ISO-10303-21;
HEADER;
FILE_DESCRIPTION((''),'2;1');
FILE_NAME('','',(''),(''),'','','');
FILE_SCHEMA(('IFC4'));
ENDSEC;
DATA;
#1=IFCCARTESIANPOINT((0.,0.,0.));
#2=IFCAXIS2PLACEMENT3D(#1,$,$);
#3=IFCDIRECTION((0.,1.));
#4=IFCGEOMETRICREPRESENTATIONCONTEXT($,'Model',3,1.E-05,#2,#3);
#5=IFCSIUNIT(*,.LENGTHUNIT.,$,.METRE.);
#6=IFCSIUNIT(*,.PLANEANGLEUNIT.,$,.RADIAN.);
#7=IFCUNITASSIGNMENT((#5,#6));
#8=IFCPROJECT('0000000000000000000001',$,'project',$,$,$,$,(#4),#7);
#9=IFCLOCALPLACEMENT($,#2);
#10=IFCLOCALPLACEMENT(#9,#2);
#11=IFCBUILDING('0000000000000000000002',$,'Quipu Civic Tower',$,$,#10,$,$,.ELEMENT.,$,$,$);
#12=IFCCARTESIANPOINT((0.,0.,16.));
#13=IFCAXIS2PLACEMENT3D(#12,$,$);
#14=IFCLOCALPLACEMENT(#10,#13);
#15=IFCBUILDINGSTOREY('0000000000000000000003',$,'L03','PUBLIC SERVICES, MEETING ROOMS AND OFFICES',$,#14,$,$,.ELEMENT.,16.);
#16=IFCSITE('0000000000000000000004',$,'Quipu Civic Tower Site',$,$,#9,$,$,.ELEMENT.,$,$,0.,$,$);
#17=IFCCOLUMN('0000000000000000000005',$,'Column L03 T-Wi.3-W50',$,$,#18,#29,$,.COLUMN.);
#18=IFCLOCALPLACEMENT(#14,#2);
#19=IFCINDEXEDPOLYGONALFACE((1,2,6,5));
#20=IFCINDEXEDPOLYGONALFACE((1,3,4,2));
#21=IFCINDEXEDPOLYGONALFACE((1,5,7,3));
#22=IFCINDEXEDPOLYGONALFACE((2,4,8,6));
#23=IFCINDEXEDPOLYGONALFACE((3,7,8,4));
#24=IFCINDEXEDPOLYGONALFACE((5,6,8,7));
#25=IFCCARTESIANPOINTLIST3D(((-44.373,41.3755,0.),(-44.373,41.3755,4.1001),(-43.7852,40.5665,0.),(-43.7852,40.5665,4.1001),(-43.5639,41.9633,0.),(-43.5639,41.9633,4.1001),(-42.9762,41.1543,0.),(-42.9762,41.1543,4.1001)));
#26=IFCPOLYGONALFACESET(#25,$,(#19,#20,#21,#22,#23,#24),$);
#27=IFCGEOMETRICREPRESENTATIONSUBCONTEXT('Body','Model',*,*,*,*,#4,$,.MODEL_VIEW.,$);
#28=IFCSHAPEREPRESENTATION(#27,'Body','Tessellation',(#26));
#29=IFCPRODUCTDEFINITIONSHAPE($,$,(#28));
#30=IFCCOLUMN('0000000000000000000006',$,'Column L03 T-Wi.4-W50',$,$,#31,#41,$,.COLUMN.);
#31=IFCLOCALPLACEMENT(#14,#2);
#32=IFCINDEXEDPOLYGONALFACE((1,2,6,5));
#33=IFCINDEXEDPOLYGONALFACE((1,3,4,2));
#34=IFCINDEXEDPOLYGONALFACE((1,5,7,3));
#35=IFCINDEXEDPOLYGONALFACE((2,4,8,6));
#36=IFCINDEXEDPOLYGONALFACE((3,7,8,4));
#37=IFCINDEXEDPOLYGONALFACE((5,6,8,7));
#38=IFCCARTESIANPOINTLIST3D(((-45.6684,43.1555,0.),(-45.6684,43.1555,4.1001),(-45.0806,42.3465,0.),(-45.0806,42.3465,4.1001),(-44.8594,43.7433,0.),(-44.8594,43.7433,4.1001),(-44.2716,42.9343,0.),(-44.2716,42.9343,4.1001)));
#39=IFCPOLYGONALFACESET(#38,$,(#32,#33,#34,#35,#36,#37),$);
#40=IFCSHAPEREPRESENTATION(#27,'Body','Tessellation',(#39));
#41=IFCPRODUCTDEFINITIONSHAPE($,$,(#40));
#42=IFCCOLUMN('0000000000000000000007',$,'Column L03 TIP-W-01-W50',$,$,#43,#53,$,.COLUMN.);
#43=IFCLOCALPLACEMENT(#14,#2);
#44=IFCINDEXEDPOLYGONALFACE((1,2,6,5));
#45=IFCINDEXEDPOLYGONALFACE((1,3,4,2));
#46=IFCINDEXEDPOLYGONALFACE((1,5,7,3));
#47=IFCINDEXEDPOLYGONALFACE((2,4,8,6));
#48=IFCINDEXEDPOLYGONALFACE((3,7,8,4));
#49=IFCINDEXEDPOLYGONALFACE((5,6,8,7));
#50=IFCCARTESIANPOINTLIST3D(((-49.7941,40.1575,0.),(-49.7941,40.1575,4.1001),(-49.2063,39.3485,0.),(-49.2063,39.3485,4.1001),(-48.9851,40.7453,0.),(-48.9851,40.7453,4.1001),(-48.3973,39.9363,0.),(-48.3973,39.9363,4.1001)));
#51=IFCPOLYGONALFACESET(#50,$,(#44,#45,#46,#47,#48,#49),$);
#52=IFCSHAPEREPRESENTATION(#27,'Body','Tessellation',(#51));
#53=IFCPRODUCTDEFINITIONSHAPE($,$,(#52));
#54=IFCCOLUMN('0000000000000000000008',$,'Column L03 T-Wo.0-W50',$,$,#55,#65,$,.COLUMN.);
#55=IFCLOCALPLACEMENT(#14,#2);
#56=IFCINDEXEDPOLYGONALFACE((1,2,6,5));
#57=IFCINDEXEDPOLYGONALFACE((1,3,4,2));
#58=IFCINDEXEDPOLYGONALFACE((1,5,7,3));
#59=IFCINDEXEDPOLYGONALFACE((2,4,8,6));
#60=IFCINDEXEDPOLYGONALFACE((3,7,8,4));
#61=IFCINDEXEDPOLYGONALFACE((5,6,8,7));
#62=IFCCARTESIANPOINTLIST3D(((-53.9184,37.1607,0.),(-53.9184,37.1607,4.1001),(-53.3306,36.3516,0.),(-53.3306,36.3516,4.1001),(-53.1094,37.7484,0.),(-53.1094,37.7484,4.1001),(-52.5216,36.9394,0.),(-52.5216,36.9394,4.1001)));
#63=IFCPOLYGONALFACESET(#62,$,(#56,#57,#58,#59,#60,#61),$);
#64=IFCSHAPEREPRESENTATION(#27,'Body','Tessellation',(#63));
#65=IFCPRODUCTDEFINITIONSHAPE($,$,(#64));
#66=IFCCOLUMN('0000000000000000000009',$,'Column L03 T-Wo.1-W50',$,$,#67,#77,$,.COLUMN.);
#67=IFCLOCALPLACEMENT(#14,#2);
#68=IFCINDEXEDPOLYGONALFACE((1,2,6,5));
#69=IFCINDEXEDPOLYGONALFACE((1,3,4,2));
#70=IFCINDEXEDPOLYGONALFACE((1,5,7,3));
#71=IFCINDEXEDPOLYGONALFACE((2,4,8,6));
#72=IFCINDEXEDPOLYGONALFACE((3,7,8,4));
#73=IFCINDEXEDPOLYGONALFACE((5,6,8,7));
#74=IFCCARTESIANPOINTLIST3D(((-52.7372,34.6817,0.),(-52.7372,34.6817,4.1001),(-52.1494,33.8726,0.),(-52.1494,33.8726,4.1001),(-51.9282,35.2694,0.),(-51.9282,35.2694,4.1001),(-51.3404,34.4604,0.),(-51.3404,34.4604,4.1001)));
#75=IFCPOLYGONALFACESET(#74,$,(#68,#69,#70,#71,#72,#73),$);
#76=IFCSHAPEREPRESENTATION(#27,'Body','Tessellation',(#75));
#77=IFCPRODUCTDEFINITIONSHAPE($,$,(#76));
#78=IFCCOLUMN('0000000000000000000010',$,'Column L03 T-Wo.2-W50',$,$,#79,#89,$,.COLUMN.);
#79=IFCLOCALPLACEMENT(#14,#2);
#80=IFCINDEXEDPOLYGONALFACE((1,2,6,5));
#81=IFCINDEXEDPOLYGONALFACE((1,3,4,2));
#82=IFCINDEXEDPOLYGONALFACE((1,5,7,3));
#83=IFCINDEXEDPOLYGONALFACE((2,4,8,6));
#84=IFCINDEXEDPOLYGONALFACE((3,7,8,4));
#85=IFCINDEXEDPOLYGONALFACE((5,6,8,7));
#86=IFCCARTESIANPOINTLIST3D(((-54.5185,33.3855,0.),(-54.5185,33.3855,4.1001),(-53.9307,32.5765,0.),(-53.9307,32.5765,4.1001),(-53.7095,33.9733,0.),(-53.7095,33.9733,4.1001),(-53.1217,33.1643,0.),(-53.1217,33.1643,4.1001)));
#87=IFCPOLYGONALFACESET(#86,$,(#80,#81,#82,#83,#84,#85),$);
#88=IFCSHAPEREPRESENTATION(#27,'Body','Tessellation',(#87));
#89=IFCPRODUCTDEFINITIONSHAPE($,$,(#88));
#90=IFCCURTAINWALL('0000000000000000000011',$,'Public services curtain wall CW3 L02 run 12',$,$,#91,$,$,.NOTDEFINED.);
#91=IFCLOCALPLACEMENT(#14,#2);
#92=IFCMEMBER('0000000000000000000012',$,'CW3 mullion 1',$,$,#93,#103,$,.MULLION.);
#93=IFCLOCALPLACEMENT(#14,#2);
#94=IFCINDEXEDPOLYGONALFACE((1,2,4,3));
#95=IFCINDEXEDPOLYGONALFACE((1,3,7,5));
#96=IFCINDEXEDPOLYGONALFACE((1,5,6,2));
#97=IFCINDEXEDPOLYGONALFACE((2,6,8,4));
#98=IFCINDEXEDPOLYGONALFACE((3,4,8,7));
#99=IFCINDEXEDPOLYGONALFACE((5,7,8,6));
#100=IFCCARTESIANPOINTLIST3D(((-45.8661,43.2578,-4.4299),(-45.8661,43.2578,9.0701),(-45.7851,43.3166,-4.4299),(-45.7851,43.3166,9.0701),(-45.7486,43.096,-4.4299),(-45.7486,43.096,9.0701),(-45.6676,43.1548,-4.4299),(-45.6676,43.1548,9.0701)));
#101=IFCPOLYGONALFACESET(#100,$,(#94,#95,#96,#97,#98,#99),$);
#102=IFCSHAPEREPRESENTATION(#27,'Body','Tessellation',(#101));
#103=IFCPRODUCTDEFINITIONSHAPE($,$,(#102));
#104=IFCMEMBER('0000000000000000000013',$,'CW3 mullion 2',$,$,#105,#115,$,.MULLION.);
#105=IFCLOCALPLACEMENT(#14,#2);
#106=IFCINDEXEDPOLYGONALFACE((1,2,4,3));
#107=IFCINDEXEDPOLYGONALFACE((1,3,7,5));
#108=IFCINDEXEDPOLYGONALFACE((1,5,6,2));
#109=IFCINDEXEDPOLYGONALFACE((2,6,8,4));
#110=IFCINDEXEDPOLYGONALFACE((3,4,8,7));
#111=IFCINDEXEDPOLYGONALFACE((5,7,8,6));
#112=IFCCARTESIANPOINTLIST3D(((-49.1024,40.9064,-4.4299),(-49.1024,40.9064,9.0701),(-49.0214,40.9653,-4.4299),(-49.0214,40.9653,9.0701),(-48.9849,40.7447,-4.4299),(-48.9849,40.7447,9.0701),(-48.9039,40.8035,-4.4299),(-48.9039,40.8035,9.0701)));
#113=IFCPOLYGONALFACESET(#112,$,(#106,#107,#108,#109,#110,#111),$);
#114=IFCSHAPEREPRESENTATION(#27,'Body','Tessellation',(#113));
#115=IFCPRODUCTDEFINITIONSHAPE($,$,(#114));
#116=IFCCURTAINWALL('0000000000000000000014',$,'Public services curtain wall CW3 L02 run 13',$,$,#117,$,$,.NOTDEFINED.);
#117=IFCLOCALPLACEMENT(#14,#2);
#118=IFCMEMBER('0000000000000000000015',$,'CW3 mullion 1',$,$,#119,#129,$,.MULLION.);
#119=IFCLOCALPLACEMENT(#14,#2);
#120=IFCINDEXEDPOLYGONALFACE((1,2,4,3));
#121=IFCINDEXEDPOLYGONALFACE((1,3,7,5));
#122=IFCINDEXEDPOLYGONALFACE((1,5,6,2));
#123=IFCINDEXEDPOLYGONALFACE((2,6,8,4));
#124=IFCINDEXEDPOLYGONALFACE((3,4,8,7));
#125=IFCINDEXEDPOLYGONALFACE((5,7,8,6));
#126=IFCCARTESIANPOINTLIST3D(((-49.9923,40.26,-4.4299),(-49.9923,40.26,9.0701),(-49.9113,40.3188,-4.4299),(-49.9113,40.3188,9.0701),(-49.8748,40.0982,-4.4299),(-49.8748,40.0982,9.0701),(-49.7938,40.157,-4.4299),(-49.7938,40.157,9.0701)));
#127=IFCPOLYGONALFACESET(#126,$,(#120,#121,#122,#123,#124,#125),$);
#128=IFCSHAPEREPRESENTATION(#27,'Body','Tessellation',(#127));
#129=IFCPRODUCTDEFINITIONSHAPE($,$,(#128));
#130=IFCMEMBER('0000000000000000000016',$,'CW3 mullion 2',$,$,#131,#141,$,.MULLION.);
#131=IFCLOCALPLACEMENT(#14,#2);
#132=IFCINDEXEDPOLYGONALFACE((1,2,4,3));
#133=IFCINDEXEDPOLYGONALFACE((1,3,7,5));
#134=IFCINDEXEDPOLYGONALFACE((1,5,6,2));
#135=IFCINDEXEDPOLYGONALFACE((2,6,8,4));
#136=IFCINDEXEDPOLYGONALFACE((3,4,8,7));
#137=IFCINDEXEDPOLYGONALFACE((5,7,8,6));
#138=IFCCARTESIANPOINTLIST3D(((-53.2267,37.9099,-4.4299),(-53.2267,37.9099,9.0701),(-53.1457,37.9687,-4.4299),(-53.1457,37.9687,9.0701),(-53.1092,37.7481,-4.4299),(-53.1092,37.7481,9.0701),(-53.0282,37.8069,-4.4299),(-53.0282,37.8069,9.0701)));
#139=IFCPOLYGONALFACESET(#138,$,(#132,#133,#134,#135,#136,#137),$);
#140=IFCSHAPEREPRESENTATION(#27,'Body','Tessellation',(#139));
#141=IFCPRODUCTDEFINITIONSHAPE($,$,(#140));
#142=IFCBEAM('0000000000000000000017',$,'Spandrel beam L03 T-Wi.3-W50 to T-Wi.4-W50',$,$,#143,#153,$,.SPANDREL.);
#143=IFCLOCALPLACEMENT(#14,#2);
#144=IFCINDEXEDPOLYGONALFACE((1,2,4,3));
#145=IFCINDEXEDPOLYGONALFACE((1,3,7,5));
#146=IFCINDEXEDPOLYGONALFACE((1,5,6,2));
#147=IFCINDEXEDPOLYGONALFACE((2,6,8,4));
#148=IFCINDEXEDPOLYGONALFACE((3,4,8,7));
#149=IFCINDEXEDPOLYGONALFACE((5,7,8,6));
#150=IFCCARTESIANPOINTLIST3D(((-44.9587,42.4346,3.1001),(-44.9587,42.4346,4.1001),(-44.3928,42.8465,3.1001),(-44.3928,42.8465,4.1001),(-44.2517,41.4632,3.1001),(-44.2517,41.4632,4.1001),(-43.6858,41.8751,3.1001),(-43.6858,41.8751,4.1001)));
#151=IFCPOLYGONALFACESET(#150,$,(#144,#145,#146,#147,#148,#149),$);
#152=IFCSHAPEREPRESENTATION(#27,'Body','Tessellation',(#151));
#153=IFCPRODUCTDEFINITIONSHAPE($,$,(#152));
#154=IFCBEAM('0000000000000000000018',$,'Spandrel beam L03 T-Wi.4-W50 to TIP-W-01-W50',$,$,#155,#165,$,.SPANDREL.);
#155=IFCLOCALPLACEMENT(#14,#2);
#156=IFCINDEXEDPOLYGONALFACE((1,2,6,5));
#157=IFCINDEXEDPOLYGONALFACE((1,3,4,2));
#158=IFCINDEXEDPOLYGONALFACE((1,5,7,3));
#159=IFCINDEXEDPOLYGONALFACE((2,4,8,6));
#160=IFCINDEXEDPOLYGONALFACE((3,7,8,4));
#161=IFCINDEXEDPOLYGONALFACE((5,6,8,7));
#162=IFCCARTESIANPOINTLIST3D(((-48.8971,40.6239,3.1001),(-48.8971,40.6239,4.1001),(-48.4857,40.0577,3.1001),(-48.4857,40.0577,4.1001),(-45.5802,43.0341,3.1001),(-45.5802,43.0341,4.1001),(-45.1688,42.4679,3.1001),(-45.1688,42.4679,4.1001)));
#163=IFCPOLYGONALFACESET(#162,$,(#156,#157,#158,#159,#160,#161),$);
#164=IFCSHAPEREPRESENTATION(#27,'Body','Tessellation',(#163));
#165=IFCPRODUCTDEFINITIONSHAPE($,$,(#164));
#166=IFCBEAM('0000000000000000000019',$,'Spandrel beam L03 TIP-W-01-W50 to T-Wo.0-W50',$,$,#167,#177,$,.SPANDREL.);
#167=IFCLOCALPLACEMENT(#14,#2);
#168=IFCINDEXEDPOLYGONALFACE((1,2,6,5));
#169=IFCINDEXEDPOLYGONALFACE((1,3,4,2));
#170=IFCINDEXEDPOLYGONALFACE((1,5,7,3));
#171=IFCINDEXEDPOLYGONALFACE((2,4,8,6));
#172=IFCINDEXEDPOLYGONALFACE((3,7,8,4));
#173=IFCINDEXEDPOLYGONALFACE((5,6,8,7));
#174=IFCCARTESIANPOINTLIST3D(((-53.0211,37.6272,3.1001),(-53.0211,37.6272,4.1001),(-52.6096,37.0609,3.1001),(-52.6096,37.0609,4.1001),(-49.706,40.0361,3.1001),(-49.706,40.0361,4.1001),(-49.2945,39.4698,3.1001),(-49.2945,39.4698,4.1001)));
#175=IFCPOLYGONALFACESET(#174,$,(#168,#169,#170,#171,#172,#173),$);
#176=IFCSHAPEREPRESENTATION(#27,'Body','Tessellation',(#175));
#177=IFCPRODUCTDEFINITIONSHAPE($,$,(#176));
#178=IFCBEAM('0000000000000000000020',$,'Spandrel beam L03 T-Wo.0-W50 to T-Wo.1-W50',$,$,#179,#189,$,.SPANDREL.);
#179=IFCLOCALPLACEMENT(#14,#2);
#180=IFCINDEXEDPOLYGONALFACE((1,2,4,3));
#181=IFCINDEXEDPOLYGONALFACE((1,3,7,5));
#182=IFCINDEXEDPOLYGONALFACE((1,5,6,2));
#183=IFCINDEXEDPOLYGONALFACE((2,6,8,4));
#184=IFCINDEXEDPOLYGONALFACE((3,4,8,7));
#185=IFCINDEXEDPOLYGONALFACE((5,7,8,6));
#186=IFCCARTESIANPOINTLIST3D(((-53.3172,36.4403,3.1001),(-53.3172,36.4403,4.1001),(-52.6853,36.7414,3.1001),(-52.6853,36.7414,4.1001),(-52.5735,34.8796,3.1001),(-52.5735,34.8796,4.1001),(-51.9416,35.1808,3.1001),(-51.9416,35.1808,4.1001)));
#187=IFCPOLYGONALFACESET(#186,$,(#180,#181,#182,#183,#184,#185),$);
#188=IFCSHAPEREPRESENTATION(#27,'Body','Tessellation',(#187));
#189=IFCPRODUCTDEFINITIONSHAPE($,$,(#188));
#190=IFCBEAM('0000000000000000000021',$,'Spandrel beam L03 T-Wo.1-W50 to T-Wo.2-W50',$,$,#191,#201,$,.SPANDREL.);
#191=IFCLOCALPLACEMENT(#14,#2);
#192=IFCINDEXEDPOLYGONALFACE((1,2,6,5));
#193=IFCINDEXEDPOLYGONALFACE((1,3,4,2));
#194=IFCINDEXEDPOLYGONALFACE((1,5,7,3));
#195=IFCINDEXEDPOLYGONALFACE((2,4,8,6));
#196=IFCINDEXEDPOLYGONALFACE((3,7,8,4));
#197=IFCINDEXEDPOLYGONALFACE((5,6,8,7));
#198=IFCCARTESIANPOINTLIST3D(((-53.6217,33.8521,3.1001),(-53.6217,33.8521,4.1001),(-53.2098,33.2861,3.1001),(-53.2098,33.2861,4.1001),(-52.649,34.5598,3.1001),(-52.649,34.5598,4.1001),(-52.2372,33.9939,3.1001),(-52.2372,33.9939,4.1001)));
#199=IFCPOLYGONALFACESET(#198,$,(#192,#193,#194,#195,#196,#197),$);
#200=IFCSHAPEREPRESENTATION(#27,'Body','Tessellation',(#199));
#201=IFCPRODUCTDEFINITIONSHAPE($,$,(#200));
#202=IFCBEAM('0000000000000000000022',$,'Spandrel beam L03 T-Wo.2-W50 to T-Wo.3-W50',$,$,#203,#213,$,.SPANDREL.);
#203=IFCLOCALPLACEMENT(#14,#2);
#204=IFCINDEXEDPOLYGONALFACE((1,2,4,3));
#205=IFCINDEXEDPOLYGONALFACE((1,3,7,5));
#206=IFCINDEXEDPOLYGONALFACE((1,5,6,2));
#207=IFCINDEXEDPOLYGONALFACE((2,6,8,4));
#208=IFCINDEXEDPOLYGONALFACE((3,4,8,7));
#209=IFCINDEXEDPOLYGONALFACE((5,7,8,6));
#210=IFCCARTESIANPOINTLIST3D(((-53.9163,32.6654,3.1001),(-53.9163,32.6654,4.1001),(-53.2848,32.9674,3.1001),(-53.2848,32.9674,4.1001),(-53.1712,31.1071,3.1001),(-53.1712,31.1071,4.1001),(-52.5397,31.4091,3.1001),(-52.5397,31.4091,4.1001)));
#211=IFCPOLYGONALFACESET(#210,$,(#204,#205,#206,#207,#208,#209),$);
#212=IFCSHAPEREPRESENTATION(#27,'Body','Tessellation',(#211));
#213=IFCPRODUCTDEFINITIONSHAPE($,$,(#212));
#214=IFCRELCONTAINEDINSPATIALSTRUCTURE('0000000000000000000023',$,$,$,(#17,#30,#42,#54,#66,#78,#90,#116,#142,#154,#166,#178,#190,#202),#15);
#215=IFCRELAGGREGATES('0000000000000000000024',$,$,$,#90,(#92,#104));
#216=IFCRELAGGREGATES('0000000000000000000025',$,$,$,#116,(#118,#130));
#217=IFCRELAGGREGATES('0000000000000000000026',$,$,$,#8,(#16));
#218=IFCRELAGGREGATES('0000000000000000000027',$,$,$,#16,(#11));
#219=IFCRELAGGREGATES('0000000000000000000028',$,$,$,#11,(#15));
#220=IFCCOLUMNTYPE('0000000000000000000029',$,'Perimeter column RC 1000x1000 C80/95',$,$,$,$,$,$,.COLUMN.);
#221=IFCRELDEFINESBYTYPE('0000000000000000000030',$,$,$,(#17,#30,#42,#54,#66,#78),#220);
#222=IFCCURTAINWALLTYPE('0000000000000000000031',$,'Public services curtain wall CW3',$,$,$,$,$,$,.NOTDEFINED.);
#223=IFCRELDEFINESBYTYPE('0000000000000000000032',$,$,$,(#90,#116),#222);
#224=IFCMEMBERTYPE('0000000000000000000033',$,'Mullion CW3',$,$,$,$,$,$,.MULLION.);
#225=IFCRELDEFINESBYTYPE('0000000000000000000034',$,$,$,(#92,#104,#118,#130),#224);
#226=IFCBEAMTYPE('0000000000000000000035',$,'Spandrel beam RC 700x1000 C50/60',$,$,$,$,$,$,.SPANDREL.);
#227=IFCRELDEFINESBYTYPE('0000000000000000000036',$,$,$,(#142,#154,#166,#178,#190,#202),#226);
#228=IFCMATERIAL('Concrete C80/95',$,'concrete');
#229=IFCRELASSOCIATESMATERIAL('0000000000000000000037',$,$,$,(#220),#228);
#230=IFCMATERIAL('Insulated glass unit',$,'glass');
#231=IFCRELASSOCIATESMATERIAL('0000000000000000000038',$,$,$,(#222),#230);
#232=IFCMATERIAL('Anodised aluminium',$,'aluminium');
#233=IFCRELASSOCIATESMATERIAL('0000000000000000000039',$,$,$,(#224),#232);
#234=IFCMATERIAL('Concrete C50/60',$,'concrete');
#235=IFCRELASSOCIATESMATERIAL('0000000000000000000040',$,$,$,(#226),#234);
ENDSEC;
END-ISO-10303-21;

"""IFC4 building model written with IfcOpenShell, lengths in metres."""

from ifc_helpers import new_model, si_unit, direction, frame, origin, origin_2d, place, context, subcontext, project, spatial, rectangle, extrude, material, material_profile, profile_set, type_object, element, aggregate, save


model = new_model("IFC4")

# Units and contexts
model_context = context("Model", 3, precision=1e-05, world=origin(), true_north=direction((0.0, 1.0)))
body_context = subcontext(model_context, "Body", "Model", "MODEL_VIEW")
ifc_project = project(units=[si_unit("LENGTHUNIT", "METRE"), si_unit("PLANEANGLEUNIT", "RADIAN")], contexts=[model_context])

# Site, building, storey
site_placement = place(None, origin())
site = spatial("IfcSite", under=ifc_project, at=site_placement, Name="Quipu Civic Tower Site", CompositionType="ELEMENT", RefElevation=0.0)
building_placement = place(site_placement, origin())
building = spatial("IfcBuilding", under=site, at=building_placement, Name="Quipu Civic Tower", CompositionType="ELEMENT")
storey_placement = place(building_placement, frame((0.0, 0.0, 16.0)))
storey = spatial("IfcBuildingStorey", under=building, at=storey_placement, Name="L03", Description="PUBLIC SERVICES, MEETING ROOMS AND OFFICES", CompositionType="ELEMENT", Elevation=16.0)

# Columns
ifc_material_1 = material(Name="Concrete C80/95", Category="concrete")
ifc_material_profile_1 = material_profile(ifc_material_1, rectangle(XDim=1.0, YDim=1.0, at=origin_2d()), Name="RC1000x1000")
ifc_profile_set_1 = profile_set([ifc_material_profile_1], Name="Concrete C80/95")
column_type = type_object("IfcColumnType", Name="Perimeter column RC 1000x1000 C80/95", PredefinedType="COLUMN", material=ifc_profile_set_1)
for number, where, z_axis, x_axis, name in (
    (1, (-43.6746, 41.2649, 0.0), (0.0, 0.0, 1.0), (-0.809017, -0.587785, 0.0), "Column L03 T-Wi.3-W50"),
    (2, (-44.97, 43.0449, 0.0), (0.0, 0.0, 1.0), (-0.809017, -0.587785, 0.0), "Column L03 T-Wi.4-W50"),
    (3, (-49.0957, 40.0469, 0.0), (0.0, 0.0, 1.0), (-0.809017, -0.587785, 0.0), "Column L03 TIP-W-01-W50"),
    (4, (-53.22, 37.05, 0.0), (0.0, 0.0, 1.0), (0.587785, -0.809017, 0.0), "Column L03 T-Wo.0-W50"),
    (5, (-52.0388, 34.571, 0.0), (0.0, 0.0, 1.0), (-0.809017, -0.587785, 0.0), "Column L03 T-Wo.1-W50"),
    (6, (-53.8201, 33.2749, 0.0), (0.0, 0.0, 1.0), (0.587785, -0.809017, 0.0), "Column L03 T-Wo.2-W50"),
):
    element("IfcColumn", number, at=place(storey_placement, frame(where, z_axis=z_axis, x_axis=x_axis)), inside=storey, type_object=column_type, Name=name, PredefinedType="COLUMN", context=body_context, shape_type="SweptSolid", body=[
        extrude(rectangle(XDim=1.0, YDim=1.0, at=origin_2d()), origin(), (0.0, 0.0, 1.0), 4.1001),
    ])

# Curtain walls, members
ifc_material_2 = material(Name="Insulated glass unit", Category="glass")
curtain_wall_type = type_object("IfcCurtainWallType", Name="Public services curtain wall CW3", PredefinedType="NOTDEFINED", material=ifc_material_2)
curtain_wall_1_placement = place(storey_placement, origin())
curtain_wall_1 = element("IfcCurtainWall", 7, at=curtain_wall_1_placement, inside=storey, type_object=curtain_wall_type, Name="Public services curtain wall CW3 L02 run 12", PredefinedType="NOTDEFINED")
ifc_material_3 = material(Name="Anodised aluminium", Category="aluminium")
ifc_material_profile_2 = material_profile(ifc_material_3, rectangle(XDim=0.2, YDim=0.1001, at=origin_2d()), Name="RECT 200x100")
ifc_profile_set_2 = profile_set([ifc_material_profile_2], Name="Anodised aluminium")
member_type_1 = type_object("IfcMemberType", Name="Mullion CW3", PredefinedType="MULLION", material=ifc_profile_set_2)
member_1_placement = place(storey_placement, frame((-45.7668, 43.2063, -4.4299), z_axis=(0.0, 0.0, 1.0), x_axis=(0.587767, -0.80903, 0.0)))
member_1 = element("IfcMember", 8, at=member_1_placement, type_object=member_type_1, Name="CW3 mullion 1", PredefinedType="MULLION", context=body_context, shape_type="SweptSolid", body=[
    extrude(rectangle(XDim=0.2, YDim=0.1001, at=origin_2d()), origin(), (0.0, 0.0, 1.0), 13.5),
])
member_2_placement = place(storey_placement, frame((-49.0032, 40.855, -4.4299), z_axis=(0.0, 0.0, 1.0), x_axis=(0.587767, -0.80903, 0.0)))
member_2 = element("IfcMember", 9, at=member_2_placement, type_object=member_type_1, Name="CW3 mullion 2", PredefinedType="MULLION", context=body_context, shape_type="SweptSolid", body=[
    extrude(rectangle(XDim=0.2, YDim=0.1001, at=origin_2d()), origin(), (0.0, 0.0, 1.0), 13.5),
])
curtain_wall_2_placement = place(storey_placement, origin())
curtain_wall_2 = element("IfcCurtainWall", 10, at=curtain_wall_2_placement, inside=storey, type_object=curtain_wall_type, Name="Public services curtain wall CW3 L02 run 13", PredefinedType="NOTDEFINED")
member_3_placement = place(storey_placement, frame((-49.8931, 40.2085, -4.4299), z_axis=(0.0, 0.0, 1.0), x_axis=(0.587789, -0.809015, 0.0)))
member_3 = element("IfcMember", 11, at=member_3_placement, type_object=member_type_1, Name="CW3 mullion 1", PredefinedType="MULLION", context=body_context, shape_type="SweptSolid", body=[
    extrude(rectangle(XDim=0.2, YDim=0.1001, at=origin_2d()), origin(), (0.0, 0.0, 1.0), 13.5),
])
member_4_placement = place(storey_placement, frame((-53.1274, 37.8584, -4.4299), z_axis=(0.0, 0.0, 1.0), x_axis=(0.587789, -0.809015, 0.0)))
member_4 = element("IfcMember", 12, at=member_4_placement, type_object=member_type_1, Name="CW3 mullion 2", PredefinedType="MULLION", context=body_context, shape_type="SweptSolid", body=[
    extrude(rectangle(XDim=0.2, YDim=0.1001, at=origin_2d()), origin(), (0.0, 0.0, 1.0), 13.5),
])

# Beams
ifc_material_4 = material(Name="Concrete C50/60", Category="concrete")
ifc_material_profile_3 = material_profile(ifc_material_4, rectangle(XDim=0.7, YDim=1.0, at=origin_2d()), Name="RC700x1000")
ifc_profile_set_3 = profile_set([ifc_material_profile_3], Name="Concrete C50/60")
beam_type = type_object("IfcBeamType", Name="Spandrel beam RC 700x1000 C50/60", PredefinedType="SPANDREL", material=ifc_profile_set_3)
beam_1_placement = place(storey_placement, frame((-43.9688, 41.6692, 3.6001), z_axis=(-0.588462, 0.808525, 0.0), x_axis=(-0.808525, -0.588462, 0.0)))
element("IfcBeam", 13, at=beam_1_placement, inside=storey, type_object=beam_type, Name="Spandrel beam L03 T-Wi.3-W50 to T-Wi.4-W50", PredefinedType="SPANDREL", context=body_context, shape_type="SweptSolid", body=[
    extrude(rectangle(XDim=0.7, YDim=1.0, at=origin_2d()), origin(), (0.0, 0.0, 1.0), 1.2014),
])
beam_2_placement = place(storey_placement, frame((-45.3745, 42.751, 3.6001), z_axis=(-0.808983, -0.587832, 0.0), x_axis=(0.587832, -0.808983, 0.0)))
element("IfcBeam", 14, at=beam_2_placement, inside=storey, type_object=beam_type, Name="Spandrel beam L03 T-Wi.4-W50 to TIP-W-01-W50", PredefinedType="SPANDREL", context=body_context, shape_type="SweptSolid", body=[
    extrude(rectangle(XDim=0.7, YDim=1.0, at=origin_2d()), origin(), (0.0, 0.0, 1.0), 4.1001),
])
beam_3_placement = place(storey_placement, frame((-49.5002, 39.7529, 3.6001), z_axis=(-0.808981, -0.587835, 0.0), x_axis=(0.587835, -0.808981, 0.0)))
element("IfcBeam", 15, at=beam_3_placement, inside=storey, type_object=beam_type, Name="Spandrel beam L03 TIP-W-01-W50 to T-Wo.0-W50", PredefinedType="SPANDREL", context=body_context, shape_type="SweptSolid", body=[
    extrude(rectangle(XDim=0.7, YDim=1.0, at=origin_2d()), origin(), (0.0, 0.0, 1.0), 4.0979),
])
beam_4_placement = place(storey_placement, frame((-53.0012, 36.5908, 3.6001), z_axis=(0.430186, -0.90274, 0.0), x_axis=(0.90274, 0.430186, 0.0)))
element("IfcBeam", 16, at=beam_4_placement, inside=storey, type_object=beam_type, Name="Spandrel beam L03 T-Wo.0-W50 to T-Wo.1-W50", PredefinedType="SPANDREL", context=body_context, shape_type="SweptSolid", body=[
    extrude(rectangle(XDim=0.7, YDim=1.0, at=origin_2d()), origin(), (0.0, 0.0, 1.0), 1.7288),
])
beam_5_placement = place(storey_placement, frame((-52.4431, 34.2769, 3.6001), z_axis=(-0.808587, -0.588377, 0.0), x_axis=(0.588377, -0.808587, 0.0)))
element("IfcBeam", 17, at=beam_5_placement, inside=storey, type_object=beam_type, Name="Spandrel beam L03 T-Wo.1-W50 to T-Wo.2-W50", PredefinedType="SPANDREL", context=body_context, shape_type="SweptSolid", body=[
    extrude(rectangle(XDim=0.7, YDim=1.0, at=origin_2d()), origin(), (0.0, 0.0, 1.0), 1.2029),
])
beam_6_placement = place(storey_placement, frame((-53.6006, 32.8164, 3.6001), z_axis=(0.43137, -0.902175, 0.0), x_axis=(0.902175, 0.43137, 0.0)))
element("IfcBeam", 18, at=beam_6_placement, inside=storey, type_object=beam_type, Name="Spandrel beam L03 T-Wo.2-W50 to T-Wo.3-W50", PredefinedType="SPANDREL", context=body_context, shape_type="SweptSolid", body=[
    extrude(rectangle(XDim=0.7, YDim=1.0, at=origin_2d()), origin(), (0.0, 0.0, 1.0), 1.7273),
])

aggregate(curtain_wall_1, [member_1, member_2])
aggregate(curtain_wall_2, [member_3, member_4])

save(model, "model.ifc")
